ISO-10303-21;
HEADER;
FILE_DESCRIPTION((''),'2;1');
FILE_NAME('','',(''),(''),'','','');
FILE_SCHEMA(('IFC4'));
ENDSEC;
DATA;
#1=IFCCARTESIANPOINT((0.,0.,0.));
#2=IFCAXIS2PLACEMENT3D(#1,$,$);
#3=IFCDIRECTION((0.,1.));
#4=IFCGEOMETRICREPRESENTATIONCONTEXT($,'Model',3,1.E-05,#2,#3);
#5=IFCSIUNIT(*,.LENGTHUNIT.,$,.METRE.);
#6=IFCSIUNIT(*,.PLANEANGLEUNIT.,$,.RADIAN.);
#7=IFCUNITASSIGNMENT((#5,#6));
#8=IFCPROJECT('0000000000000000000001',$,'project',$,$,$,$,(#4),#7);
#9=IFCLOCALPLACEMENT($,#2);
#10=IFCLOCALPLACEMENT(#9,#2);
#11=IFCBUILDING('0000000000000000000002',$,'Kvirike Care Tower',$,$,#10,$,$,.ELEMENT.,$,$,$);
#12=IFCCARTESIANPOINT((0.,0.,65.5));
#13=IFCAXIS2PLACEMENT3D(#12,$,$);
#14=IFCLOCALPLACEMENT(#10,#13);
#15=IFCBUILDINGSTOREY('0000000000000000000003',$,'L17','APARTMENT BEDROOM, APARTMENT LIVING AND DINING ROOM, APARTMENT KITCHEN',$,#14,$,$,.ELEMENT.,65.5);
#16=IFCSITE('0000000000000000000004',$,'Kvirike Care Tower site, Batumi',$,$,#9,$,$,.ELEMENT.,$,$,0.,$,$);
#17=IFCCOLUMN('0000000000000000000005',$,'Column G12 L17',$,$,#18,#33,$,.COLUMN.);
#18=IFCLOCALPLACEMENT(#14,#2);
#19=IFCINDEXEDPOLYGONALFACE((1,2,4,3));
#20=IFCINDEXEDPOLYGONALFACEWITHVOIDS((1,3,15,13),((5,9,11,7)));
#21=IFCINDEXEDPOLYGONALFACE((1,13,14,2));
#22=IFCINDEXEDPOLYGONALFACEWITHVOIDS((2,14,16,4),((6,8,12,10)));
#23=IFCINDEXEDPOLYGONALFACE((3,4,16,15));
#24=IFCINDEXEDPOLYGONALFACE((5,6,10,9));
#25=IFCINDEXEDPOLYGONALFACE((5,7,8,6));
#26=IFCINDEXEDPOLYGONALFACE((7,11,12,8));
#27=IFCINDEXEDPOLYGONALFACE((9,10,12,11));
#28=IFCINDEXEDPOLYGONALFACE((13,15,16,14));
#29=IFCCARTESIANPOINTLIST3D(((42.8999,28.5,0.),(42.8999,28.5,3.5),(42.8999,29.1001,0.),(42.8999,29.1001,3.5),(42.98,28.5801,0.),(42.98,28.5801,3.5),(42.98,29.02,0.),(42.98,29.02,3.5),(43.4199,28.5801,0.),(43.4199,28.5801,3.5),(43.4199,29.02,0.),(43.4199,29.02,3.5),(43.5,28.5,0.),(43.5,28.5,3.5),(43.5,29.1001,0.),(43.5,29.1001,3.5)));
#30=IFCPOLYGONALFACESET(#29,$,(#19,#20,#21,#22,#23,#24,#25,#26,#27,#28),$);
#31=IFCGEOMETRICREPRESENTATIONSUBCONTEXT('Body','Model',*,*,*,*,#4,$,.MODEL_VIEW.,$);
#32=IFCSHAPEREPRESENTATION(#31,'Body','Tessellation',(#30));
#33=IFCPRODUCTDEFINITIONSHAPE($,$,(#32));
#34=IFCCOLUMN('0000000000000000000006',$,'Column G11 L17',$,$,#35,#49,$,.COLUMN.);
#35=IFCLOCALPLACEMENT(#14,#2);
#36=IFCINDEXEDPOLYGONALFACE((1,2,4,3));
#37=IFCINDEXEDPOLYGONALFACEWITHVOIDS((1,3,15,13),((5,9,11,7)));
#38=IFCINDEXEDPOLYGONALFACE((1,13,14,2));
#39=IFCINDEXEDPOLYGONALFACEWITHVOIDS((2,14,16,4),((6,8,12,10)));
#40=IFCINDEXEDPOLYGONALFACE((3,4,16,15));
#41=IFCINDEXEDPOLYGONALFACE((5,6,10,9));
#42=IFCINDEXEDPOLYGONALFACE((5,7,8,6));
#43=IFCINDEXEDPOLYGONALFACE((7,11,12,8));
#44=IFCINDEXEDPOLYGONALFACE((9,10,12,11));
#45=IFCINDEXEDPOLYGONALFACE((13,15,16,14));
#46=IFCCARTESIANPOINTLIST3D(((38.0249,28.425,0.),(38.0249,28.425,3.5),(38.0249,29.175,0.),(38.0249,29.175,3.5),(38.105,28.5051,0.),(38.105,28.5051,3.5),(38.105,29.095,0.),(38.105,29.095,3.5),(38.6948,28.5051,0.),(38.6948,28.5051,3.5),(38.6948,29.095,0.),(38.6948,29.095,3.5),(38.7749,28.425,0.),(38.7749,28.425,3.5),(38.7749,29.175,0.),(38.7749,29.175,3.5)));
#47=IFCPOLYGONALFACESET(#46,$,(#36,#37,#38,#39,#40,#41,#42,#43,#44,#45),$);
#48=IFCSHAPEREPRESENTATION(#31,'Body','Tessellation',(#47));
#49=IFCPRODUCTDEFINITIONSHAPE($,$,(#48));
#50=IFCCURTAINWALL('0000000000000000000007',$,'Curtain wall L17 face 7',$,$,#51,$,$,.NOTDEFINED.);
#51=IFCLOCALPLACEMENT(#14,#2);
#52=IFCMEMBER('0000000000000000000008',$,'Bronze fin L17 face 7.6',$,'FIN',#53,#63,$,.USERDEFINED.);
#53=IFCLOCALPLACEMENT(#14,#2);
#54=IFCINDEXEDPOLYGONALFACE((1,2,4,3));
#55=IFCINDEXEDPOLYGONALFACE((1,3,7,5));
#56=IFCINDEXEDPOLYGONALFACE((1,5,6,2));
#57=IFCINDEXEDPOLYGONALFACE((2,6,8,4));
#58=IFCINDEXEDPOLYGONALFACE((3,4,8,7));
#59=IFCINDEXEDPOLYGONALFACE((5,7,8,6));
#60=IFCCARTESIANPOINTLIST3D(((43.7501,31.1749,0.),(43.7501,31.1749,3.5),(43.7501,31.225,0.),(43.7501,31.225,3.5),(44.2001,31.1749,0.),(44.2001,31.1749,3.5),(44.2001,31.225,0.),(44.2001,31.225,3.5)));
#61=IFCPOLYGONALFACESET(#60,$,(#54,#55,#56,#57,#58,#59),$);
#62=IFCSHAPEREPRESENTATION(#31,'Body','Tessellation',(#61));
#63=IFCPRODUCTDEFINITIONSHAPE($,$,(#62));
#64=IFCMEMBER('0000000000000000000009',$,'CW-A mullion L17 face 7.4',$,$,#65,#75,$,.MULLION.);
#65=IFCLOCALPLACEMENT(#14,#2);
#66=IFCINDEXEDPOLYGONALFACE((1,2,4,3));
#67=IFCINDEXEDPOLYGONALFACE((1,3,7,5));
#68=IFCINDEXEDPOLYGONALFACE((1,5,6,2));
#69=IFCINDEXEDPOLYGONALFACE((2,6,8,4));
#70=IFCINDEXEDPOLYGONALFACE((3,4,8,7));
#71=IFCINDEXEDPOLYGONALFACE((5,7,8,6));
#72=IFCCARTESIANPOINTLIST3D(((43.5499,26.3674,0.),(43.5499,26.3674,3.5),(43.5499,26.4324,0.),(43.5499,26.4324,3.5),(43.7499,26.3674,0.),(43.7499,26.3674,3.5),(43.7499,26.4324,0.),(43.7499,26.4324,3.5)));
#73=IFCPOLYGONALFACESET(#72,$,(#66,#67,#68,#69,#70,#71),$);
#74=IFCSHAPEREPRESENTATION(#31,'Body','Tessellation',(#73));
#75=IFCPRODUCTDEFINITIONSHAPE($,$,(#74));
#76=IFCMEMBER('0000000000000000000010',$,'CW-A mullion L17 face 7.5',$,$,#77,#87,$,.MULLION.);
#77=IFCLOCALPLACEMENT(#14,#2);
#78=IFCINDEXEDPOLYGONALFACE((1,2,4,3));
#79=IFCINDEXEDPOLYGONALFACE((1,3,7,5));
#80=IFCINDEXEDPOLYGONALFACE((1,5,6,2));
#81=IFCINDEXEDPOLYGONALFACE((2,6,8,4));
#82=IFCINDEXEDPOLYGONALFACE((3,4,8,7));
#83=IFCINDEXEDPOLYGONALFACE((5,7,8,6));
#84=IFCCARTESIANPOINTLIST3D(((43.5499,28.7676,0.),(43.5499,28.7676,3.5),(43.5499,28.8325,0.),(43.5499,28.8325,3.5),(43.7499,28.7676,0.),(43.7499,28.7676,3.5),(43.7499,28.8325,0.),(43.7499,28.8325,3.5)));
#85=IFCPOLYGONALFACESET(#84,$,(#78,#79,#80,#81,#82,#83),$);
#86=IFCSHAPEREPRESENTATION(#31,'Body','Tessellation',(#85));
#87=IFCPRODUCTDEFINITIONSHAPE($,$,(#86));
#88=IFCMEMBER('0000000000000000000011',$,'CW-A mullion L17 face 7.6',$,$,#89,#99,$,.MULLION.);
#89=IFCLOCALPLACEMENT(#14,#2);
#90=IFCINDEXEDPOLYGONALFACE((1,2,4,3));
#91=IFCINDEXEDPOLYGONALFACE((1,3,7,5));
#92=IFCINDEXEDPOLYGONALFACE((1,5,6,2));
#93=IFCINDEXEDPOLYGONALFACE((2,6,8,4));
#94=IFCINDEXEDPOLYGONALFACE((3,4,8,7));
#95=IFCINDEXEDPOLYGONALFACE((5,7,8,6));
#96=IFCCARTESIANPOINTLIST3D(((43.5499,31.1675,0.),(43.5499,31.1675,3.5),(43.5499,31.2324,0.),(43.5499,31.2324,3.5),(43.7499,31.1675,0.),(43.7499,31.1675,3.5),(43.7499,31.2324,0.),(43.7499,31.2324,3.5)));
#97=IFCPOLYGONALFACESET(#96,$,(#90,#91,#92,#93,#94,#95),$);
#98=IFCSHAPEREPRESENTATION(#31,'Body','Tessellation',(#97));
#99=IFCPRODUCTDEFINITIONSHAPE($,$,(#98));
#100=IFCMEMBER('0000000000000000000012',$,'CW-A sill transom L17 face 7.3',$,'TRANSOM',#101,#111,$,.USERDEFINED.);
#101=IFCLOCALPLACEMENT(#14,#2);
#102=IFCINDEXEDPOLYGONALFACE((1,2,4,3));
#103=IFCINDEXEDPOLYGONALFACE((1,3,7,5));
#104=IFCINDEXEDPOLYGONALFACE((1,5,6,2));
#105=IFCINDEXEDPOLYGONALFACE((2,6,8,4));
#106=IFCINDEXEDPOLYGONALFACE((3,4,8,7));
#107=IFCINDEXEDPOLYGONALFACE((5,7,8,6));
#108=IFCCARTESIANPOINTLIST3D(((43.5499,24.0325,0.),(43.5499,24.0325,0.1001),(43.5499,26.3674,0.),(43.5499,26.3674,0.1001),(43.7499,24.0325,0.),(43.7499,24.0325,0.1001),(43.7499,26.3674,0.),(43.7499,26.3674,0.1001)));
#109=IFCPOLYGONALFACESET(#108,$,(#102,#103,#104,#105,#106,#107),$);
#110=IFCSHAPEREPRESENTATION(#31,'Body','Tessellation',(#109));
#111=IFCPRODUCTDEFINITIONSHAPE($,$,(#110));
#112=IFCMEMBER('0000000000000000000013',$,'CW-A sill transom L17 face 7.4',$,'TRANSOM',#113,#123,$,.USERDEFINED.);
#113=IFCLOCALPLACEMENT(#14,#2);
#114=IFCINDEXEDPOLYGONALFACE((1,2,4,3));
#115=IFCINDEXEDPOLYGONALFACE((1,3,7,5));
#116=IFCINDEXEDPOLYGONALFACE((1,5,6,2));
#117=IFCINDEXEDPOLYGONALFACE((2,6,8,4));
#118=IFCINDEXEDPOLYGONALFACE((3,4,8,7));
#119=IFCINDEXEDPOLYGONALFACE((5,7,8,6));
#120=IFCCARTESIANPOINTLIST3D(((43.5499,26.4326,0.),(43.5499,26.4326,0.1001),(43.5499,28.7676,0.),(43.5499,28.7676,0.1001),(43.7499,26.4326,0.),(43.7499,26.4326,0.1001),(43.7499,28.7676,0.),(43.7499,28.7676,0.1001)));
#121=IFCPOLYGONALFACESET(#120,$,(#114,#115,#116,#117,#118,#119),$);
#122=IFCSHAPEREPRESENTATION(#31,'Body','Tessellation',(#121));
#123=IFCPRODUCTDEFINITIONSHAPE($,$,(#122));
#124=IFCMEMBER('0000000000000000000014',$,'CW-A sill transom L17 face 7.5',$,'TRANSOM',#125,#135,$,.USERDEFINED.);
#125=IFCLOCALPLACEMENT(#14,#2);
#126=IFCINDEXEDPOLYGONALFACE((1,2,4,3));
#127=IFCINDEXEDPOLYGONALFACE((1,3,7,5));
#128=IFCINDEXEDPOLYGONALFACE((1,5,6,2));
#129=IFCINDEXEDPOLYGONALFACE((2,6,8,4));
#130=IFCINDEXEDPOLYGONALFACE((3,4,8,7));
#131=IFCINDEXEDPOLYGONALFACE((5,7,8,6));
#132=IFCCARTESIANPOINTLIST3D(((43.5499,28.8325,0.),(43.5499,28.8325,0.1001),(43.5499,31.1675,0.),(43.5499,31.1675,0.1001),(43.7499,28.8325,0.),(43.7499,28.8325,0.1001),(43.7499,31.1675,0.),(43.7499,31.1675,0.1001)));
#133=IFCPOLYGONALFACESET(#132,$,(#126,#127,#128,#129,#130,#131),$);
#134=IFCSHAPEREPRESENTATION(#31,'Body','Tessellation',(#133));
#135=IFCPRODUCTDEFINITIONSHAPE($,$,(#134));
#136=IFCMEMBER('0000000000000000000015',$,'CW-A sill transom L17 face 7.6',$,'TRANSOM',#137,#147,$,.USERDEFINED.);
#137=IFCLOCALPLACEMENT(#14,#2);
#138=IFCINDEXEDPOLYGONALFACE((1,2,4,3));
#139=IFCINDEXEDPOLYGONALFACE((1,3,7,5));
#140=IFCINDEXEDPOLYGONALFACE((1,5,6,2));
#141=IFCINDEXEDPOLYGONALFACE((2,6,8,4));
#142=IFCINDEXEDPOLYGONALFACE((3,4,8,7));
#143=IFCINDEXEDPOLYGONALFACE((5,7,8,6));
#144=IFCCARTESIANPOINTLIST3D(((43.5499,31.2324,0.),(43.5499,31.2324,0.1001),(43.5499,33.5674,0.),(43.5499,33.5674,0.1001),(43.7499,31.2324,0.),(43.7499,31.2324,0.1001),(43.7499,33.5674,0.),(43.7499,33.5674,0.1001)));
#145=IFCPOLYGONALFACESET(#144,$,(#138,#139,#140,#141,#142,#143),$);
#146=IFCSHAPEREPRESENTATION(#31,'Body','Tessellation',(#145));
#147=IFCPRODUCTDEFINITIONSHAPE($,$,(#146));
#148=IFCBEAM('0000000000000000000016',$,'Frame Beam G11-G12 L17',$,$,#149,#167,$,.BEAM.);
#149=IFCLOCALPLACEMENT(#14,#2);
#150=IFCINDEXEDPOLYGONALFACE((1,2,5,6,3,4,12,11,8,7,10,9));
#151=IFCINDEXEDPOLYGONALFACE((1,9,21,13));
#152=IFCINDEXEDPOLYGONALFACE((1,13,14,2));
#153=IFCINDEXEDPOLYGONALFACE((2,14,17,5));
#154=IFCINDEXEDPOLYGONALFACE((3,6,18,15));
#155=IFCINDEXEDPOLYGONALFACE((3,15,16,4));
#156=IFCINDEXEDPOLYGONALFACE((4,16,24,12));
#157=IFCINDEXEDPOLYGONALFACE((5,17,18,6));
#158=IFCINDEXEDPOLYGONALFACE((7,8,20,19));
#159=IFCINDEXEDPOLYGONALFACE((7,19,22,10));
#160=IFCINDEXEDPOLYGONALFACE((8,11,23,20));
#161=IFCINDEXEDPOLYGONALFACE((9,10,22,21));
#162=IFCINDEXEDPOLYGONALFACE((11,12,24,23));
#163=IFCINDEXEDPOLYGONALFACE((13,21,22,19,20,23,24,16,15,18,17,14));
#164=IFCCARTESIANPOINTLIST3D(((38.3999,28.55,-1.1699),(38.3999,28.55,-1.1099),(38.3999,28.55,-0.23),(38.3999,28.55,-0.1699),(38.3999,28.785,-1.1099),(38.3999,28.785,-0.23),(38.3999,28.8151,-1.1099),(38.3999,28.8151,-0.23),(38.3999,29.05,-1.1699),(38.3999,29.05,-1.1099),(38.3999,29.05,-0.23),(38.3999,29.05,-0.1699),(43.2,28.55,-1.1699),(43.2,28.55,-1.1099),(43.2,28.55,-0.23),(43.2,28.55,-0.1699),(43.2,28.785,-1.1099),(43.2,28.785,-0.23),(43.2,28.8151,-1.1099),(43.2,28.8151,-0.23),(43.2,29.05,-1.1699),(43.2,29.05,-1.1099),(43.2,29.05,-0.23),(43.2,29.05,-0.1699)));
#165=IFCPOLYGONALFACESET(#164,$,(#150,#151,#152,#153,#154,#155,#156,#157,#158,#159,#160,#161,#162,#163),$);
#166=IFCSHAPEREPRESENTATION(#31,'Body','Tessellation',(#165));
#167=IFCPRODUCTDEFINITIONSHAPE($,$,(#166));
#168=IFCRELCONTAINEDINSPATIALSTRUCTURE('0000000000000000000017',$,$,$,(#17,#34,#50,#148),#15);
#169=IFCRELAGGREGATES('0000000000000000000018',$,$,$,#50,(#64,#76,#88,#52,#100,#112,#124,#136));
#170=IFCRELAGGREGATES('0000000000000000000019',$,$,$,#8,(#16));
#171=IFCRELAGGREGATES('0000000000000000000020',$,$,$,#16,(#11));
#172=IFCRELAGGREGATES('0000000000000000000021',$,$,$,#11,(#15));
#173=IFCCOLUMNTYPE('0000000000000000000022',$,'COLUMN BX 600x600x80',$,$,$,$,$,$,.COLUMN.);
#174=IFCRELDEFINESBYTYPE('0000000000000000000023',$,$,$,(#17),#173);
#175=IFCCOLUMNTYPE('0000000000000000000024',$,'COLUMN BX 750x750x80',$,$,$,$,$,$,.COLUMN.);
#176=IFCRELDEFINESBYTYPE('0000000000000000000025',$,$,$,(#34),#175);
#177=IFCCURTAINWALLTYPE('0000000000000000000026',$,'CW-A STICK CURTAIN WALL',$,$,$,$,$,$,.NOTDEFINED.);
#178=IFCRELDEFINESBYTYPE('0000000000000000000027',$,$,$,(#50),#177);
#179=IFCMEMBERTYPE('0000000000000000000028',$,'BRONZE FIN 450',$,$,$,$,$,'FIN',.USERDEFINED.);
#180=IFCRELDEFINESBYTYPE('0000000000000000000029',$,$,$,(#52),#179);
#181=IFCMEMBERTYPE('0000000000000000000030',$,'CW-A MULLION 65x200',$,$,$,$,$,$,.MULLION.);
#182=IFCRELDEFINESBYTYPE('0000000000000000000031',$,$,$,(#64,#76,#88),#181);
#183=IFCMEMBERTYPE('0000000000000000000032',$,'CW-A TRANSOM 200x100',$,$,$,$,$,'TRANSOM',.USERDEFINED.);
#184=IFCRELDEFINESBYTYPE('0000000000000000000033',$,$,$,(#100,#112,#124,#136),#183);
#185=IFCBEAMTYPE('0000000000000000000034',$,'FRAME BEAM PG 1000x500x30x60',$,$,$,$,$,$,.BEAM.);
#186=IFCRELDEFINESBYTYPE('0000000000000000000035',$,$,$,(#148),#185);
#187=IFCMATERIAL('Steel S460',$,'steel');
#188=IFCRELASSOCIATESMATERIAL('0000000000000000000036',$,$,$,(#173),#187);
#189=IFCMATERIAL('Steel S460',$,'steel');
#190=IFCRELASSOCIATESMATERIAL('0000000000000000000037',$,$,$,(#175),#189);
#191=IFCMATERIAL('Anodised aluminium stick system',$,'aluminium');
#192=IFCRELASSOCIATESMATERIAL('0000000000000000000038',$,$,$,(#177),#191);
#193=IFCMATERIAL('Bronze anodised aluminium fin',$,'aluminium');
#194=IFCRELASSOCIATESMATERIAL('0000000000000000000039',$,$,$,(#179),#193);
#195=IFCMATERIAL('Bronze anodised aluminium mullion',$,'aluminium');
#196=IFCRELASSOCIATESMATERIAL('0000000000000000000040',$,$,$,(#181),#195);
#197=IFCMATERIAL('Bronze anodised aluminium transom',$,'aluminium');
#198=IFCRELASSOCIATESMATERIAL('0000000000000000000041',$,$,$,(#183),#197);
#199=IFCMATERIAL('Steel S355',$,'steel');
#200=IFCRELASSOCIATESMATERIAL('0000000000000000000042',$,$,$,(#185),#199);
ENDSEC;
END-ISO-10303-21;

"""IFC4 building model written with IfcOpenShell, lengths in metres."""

from ifc_helpers import new_model, si_unit, direction, frame, origin, origin_2d, place, context, subcontext, project, spatial, rectangle, hollow_rectangle, i_section, extrude, material, material_profile, profile_set, type_object, element, aggregate, save


model = new_model("IFC4")

# Units and contexts
model_context = context("Model", 3, precision=1e-05, world=origin(), true_north=direction((0.0, 1.0)))
body_context = subcontext(model_context, "Body", "Model", "MODEL_VIEW")
ifc_project = project(units=[si_unit("LENGTHUNIT", "METRE"), si_unit("PLANEANGLEUNIT", "RADIAN")], contexts=[model_context])

# Site, building, storey
site_placement = place(None, origin())
site = spatial("IfcSite", under=ifc_project, at=site_placement, Name="Kvirike Care Tower site, Batumi", CompositionType="ELEMENT", RefElevation=0.0)
building_placement = place(site_placement, origin())
building = spatial("IfcBuilding", under=site, at=building_placement, Name="Kvirike Care Tower", CompositionType="ELEMENT")
storey_placement = place(building_placement, frame((0.0, 0.0, 65.5)))
storey = spatial("IfcBuildingStorey", under=building, at=storey_placement, Name="L17", Description="APARTMENT BEDROOM, APARTMENT LIVING AND DINING ROOM, APARTMENT KITCHEN", CompositionType="ELEMENT", Elevation=65.5)

# Columns
ifc_material_1 = material(Name="Steel S460", Category="steel")
ifc_material_profile_1 = material_profile(ifc_material_1, hollow_rectangle(XDim=0.6001, YDim=0.6001, WallThickness=0.0801, at=origin_2d()), Name="BX 600x600x80")
ifc_profile_set_1 = profile_set([ifc_material_profile_1], Name="Steel S460")
column_type_1 = type_object("IfcColumnType", Name="COLUMN BX 600x600x80", PredefinedType="COLUMN", material=ifc_profile_set_1)
column_1_placement = place(storey_placement, frame((43.2, 28.8, 0.0), z_axis=(0.0, 0.0, 1.0), x_axis=(0.0, 1.0, 0.0)))
element("IfcColumn", 1, at=column_1_placement, inside=storey, type_object=column_type_1, Name="Column G12 L17", PredefinedType="COLUMN", context=body_context, shape_type="SweptSolid", body=[
    extrude(hollow_rectangle(XDim=0.6001, YDim=0.6001, WallThickness=0.0801, at=origin_2d()), origin(), (0.0, 0.0, 1.0), 3.5),
])
ifc_material_2 = material(Name="Steel S460", Category="steel")
ifc_material_profile_2 = material_profile(ifc_material_2, hollow_rectangle(XDim=0.75, YDim=0.75, WallThickness=0.0801, at=origin_2d()), Name="BX 750x750x80")
ifc_profile_set_2 = profile_set([ifc_material_profile_2], Name="Steel S460")
column_type_2 = type_object("IfcColumnType", Name="COLUMN BX 750x750x80", PredefinedType="COLUMN", material=ifc_profile_set_2)
column_2_placement = place(storey_placement, frame((38.3999, 28.8, 0.0), z_axis=(0.0, 0.0, 1.0), x_axis=(0.0, 1.0, 0.0)))
element("IfcColumn", 2, at=column_2_placement, inside=storey, type_object=column_type_2, Name="Column G11 L17", PredefinedType="COLUMN", context=body_context, shape_type="SweptSolid", body=[
    extrude(hollow_rectangle(XDim=0.75, YDim=0.75, WallThickness=0.0801, at=origin_2d()), origin(), (0.0, 0.0, 1.0), 3.5),
])

# Curtain wall, members
ifc_material_3 = material(Name="Anodised aluminium stick system", Category="aluminium")
curtain_wall_type = type_object("IfcCurtainWallType", Name="CW-A STICK CURTAIN WALL", PredefinedType="NOTDEFINED", material=ifc_material_3)
curtain_wall_placement = place(storey_placement, origin())
curtain_wall = element("IfcCurtainWall", 3, at=curtain_wall_placement, inside=storey, type_object=curtain_wall_type, Name="Curtain wall L17 face 7", PredefinedType="NOTDEFINED")
ifc_material_4 = material(Name="Bronze anodised aluminium fin", Category="aluminium")
ifc_material_profile_3 = material_profile(ifc_material_4, rectangle(XDim=0.05, YDim=0.45, at=origin_2d()), Name="BRONZE FIN 450")
ifc_profile_set_3 = profile_set([ifc_material_profile_3], Name="Bronze anodised aluminium fin")
member_type_1 = type_object("IfcMemberType", Name="BRONZE FIN 450", ElementType="FIN", PredefinedType="USERDEFINED", material=ifc_profile_set_3)
member_1_placement = place(storey_placement, frame((43.9751, 31.2, 0.0), z_axis=(0.0, 0.0, 1.0), x_axis=(0.0, 1.0, 0.0)))
member_1 = element("IfcMember", 4, at=member_1_placement, type_object=member_type_1, Name="Bronze fin L17 face 7.6", ObjectType="FIN", PredefinedType="USERDEFINED", context=body_context, shape_type="SweptSolid", body=[
    extrude(rectangle(XDim=0.05, YDim=0.45, at=origin_2d()), origin(), (0.0, 0.0, 1.0), 3.5),
])
ifc_material_5 = material(Name="Bronze anodised aluminium mullion", Category="aluminium")
ifc_material_profile_4 = material_profile(ifc_material_5, rectangle(XDim=0.0649, YDim=0.2, at=origin_2d()), Name="CW-A MULLION 65x200")
ifc_profile_set_4 = profile_set([ifc_material_profile_4], Name="Bronze anodised aluminium mullion")
member_type_2 = type_object("IfcMemberType", Name="CW-A MULLION 65x200", PredefinedType="MULLION", material=ifc_profile_set_4)
member_2_placement = place(storey_placement, frame((43.6499, 26.3999, 0.0), z_axis=(0.0, 0.0, 1.0), x_axis=(0.0, 1.0, 0.0)))
member_2 = element("IfcMember", 5, at=member_2_placement, type_object=member_type_2, Name="CW-A mullion L17 face 7.4", PredefinedType="MULLION", context=body_context, shape_type="SweptSolid", body=[
    extrude(rectangle(XDim=0.0649, YDim=0.2, at=origin_2d()), origin(), (0.0, 0.0, 1.0), 3.5),
])
member_3_placement = place(storey_placement, frame((43.6499, 28.8, 0.0), z_axis=(0.0, 0.0, 1.0), x_axis=(0.0, 1.0, 0.0)))
member_3 = element("IfcMember", 6, at=member_3_placement, type_object=member_type_2, Name="CW-A mullion L17 face 7.5", PredefinedType="MULLION", context=body_context, shape_type="SweptSolid", body=[
    extrude(rectangle(XDim=0.0649, YDim=0.2, at=origin_2d()), origin(), (0.0, 0.0, 1.0), 3.5),
])
member_4_placement = place(storey_placement, frame((43.6499, 31.2, 0.0), z_axis=(0.0, 0.0, 1.0), x_axis=(0.0, 1.0, 0.0)))
member_4 = element("IfcMember", 7, at=member_4_placement, type_object=member_type_2, Name="CW-A mullion L17 face 7.6", PredefinedType="MULLION", context=body_context, shape_type="SweptSolid", body=[
    extrude(rectangle(XDim=0.0649, YDim=0.2, at=origin_2d()), origin(), (0.0, 0.0, 1.0), 3.5),
])
ifc_material_6 = material(Name="Bronze anodised aluminium transom", Category="aluminium")
ifc_material_profile_5 = material_profile(ifc_material_6, rectangle(XDim=0.2, YDim=0.1001, at=origin_2d()), Name="CW-A TRANSOM 200x100")
ifc_profile_set_5 = profile_set([ifc_material_profile_5], Name="Bronze anodised aluminium transom")
member_type_3 = type_object("IfcMemberType", Name="CW-A TRANSOM 200x100", ElementType="TRANSOM", PredefinedType="USERDEFINED", material=ifc_profile_set_5)
member_5_placement = place(storey_placement, frame((43.6499, 24.0325, 0.05), z_axis=(0.0, 1.0, 0.0), x_axis=(-1.0, 0.0, 0.0)))
member_5 = element("IfcMember", 8, at=member_5_placement, type_object=member_type_3, Name="CW-A sill transom L17 face 7.3", ObjectType="TRANSOM", PredefinedType="USERDEFINED", context=body_context, shape_type="SweptSolid", body=[
    extrude(rectangle(XDim=0.2, YDim=0.1001, at=origin_2d()), origin(), (0.0, 0.0, 1.0), 2.335),
])
member_6_placement = place(storey_placement, frame((43.6499, 26.4326, 0.05), z_axis=(0.0, 1.0, 0.0), x_axis=(-1.0, 0.0, 0.0)))
member_6 = element("IfcMember", 9, at=member_6_placement, type_object=member_type_3, Name="CW-A sill transom L17 face 7.4", ObjectType="TRANSOM", PredefinedType="USERDEFINED", context=body_context, shape_type="SweptSolid", body=[
    extrude(rectangle(XDim=0.2, YDim=0.1001, at=origin_2d()), origin(), (0.0, 0.0, 1.0), 2.335),
])
member_7_placement = place(storey_placement, frame((43.6499, 28.8325, 0.05), z_axis=(0.0, 1.0, 0.0), x_axis=(-1.0, 0.0, 0.0)))
member_7 = element("IfcMember", 10, at=member_7_placement, type_object=member_type_3, Name="CW-A sill transom L17 face 7.5", ObjectType="TRANSOM", PredefinedType="USERDEFINED", context=body_context, shape_type="SweptSolid", body=[
    extrude(rectangle(XDim=0.2, YDim=0.1001, at=origin_2d()), origin(), (0.0, 0.0, 1.0), 2.335),
])
member_8_placement = place(storey_placement, frame((43.6499, 31.2324, 0.05), z_axis=(0.0, 1.0, 0.0), x_axis=(-1.0, 0.0, 0.0)))
member_8 = element("IfcMember", 11, at=member_8_placement, type_object=member_type_3, Name="CW-A sill transom L17 face 7.6", ObjectType="TRANSOM", PredefinedType="USERDEFINED", context=body_context, shape_type="SweptSolid", body=[
    extrude(rectangle(XDim=0.2, YDim=0.1001, at=origin_2d()), origin(), (0.0, 0.0, 1.0), 2.335),
])

# Beam
ifc_material_7 = material(Name="Steel S355", Category="steel")
ifc_material_profile_6 = material_profile(ifc_material_7, i_section(OverallWidth=0.5, OverallDepth=1.0, WebThickness=0.03, FlangeThickness=0.0601, at=origin_2d()), Name="PG 1000x500x30x60")
ifc_profile_set_6 = profile_set([ifc_material_profile_6], Name="Steel S355")
beam_type_1 = type_object("IfcBeamType", Name="FRAME BEAM PG 1000x500x30x60", PredefinedType="BEAM", material=ifc_profile_set_6)
beam_1_placement = place(storey_placement, frame((38.3999, 28.8, -0.6699), z_axis=(1.0, 0.0, 0.0), x_axis=(0.0, 1.0, 0.0)))
element("IfcBeam", 12, at=beam_1_placement, inside=storey, type_object=beam_type_1, Name="Frame Beam G11-G12 L17", PredefinedType="BEAM", context=body_context, shape_type="SweptSolid", body=[
    extrude(i_section(OverallWidth=0.5, OverallDepth=1.0, WebThickness=0.03, FlangeThickness=0.0601, at=origin_2d()), origin(), (0.0, 0.0, 1.0), 4.8),
])

aggregate(curtain_wall, [member_2, member_3, member_4, member_1, member_5, member_6, member_7, member_8])

save(model, "model.ifc")
